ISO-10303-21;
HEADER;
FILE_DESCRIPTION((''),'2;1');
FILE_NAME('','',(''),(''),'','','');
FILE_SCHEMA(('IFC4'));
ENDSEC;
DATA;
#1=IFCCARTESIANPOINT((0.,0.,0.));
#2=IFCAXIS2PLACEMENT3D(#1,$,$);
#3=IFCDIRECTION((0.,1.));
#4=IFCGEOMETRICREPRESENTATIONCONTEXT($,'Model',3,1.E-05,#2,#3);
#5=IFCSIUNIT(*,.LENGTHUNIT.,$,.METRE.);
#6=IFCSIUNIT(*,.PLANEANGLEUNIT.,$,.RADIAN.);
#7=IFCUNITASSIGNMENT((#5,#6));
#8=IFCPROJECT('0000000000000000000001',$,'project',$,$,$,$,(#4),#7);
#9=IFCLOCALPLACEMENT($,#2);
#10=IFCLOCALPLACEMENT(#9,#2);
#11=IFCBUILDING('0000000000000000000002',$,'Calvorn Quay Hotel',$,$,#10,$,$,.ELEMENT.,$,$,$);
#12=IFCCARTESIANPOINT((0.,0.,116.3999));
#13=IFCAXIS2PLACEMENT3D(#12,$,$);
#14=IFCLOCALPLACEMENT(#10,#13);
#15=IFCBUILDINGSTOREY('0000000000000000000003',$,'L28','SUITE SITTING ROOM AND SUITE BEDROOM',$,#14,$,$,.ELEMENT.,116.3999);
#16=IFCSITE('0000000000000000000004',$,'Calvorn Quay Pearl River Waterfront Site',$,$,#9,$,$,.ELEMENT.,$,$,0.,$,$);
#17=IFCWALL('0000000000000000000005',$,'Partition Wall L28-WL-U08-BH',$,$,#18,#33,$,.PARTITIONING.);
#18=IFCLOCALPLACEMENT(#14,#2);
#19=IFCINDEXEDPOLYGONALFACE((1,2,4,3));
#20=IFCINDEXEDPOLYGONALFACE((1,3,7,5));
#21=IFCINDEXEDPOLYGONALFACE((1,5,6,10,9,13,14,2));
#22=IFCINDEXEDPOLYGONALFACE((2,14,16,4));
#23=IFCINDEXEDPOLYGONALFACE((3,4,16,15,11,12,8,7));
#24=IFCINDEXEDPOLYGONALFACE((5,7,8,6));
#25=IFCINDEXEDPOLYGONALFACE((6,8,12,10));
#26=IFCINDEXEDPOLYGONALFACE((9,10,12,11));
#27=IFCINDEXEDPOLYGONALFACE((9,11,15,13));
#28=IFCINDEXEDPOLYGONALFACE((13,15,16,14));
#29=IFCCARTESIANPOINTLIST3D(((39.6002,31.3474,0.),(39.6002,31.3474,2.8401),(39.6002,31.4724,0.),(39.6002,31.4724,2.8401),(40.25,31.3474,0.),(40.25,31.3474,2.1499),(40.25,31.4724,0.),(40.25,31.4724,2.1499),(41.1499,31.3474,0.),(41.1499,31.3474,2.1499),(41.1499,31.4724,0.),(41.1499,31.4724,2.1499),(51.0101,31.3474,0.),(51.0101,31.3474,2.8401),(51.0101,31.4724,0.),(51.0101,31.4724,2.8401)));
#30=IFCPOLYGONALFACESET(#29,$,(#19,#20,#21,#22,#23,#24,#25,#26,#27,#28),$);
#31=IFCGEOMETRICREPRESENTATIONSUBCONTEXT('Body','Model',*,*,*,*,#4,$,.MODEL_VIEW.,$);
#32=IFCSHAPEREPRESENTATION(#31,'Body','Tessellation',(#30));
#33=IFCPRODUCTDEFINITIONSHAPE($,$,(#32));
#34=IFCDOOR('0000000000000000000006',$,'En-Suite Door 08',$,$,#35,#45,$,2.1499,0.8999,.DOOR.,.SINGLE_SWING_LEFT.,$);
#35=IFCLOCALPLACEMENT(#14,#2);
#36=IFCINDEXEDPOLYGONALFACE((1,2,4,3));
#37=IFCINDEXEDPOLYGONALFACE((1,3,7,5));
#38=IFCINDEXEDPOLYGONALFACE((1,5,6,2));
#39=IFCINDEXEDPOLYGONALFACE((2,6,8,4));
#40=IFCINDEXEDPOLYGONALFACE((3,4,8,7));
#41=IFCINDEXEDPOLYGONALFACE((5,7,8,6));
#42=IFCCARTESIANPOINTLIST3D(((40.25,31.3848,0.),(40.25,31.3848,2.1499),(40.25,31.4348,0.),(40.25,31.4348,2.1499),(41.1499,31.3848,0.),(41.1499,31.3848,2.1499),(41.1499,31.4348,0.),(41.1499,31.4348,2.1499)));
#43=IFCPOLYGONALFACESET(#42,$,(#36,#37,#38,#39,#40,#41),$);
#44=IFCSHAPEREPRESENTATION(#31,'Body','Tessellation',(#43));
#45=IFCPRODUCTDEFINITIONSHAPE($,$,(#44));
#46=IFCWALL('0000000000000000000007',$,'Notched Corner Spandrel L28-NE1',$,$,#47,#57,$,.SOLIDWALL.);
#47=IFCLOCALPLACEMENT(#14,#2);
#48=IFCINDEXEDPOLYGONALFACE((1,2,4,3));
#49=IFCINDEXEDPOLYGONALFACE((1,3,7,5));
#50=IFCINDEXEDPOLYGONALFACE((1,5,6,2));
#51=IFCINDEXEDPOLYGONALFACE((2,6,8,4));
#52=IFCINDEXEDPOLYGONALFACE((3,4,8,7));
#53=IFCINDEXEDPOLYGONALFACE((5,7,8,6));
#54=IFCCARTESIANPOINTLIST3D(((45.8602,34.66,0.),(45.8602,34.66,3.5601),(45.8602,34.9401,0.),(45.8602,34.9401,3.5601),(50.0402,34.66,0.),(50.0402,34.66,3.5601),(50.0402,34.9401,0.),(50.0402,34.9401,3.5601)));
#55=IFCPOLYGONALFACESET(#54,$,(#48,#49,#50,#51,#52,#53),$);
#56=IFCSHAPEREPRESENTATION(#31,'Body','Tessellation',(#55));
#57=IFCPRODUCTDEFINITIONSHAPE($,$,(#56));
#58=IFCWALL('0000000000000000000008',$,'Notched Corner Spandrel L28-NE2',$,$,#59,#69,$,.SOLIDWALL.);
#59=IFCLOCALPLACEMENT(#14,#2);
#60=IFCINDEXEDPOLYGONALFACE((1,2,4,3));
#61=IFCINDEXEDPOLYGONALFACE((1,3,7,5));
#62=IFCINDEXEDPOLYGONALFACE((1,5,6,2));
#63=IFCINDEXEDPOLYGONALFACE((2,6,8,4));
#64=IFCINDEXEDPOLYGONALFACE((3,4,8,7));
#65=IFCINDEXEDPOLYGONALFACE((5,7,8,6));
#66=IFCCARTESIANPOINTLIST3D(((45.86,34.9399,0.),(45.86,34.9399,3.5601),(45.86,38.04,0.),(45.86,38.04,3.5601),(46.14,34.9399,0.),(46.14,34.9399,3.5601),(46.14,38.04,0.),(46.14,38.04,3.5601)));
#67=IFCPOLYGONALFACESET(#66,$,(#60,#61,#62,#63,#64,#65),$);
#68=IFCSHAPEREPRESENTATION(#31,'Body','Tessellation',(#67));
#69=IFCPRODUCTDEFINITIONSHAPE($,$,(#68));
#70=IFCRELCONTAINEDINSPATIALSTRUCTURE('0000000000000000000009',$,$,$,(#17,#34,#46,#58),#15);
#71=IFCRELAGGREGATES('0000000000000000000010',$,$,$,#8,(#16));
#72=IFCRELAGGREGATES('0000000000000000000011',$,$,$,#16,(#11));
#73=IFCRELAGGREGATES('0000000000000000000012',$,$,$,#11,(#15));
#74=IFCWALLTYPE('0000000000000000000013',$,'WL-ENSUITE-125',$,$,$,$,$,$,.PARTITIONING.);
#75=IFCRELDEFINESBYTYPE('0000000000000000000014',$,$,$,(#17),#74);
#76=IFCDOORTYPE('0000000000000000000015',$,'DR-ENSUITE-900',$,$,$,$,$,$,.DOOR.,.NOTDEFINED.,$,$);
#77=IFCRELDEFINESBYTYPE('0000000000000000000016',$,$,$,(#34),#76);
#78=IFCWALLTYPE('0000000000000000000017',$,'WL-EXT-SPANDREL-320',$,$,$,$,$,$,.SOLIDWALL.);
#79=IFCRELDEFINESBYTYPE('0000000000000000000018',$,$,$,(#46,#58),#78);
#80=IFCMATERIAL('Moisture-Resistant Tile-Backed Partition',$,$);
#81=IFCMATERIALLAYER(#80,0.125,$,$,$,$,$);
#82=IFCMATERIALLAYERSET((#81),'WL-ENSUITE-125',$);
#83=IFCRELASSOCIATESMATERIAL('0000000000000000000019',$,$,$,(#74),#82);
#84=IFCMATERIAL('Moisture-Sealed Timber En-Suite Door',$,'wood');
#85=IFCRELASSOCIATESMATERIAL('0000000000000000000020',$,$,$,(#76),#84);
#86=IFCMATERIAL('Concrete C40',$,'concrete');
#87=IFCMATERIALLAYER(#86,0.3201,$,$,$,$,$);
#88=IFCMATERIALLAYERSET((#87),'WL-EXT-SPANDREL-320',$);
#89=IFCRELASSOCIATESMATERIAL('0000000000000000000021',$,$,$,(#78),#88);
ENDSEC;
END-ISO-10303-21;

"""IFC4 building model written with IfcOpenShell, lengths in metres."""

from ifc_helpers import new_model, si_unit, direction, frame, frame_2d, origin, place, context, subcontext, project, spatial, rectangle, extrude, material, layer, layer_set, type_object, element, fill, save


model = new_model("IFC4")

# Units and contexts
model_context = context("Model", 3, precision=1e-05, world=origin(), true_north=direction((0.0, 1.0)))
body_context = subcontext(model_context, "Body", "Model", "MODEL_VIEW")
ifc_project = project(units=[si_unit("LENGTHUNIT", "METRE"), si_unit("PLANEANGLEUNIT", "RADIAN")], contexts=[model_context])

# Site, building, storey
site_placement = place(None, origin())
site = spatial("IfcSite", under=ifc_project, at=site_placement, Name="Calvorn Quay Pearl River Waterfront Site", CompositionType="ELEMENT", RefElevation=0.0)
building_placement = place(site_placement, origin())
building = spatial("IfcBuilding", under=site, at=building_placement, Name="Calvorn Quay Hotel", CompositionType="ELEMENT")
storey_placement = place(building_placement, frame((0.0, 0.0, 116.3999)))
storey = spatial("IfcBuildingStorey", under=building, at=storey_placement, Name="L28", Description="SUITE SITTING ROOM AND SUITE BEDROOM", CompositionType="ELEMENT", Elevation=116.3999)

# Wall, opening, door
ifc_material_1 = material(Name="Moisture-Resistant Tile-Backed Partition")
ifc_layer_1 = layer(ifc_material_1, 0.125)
ifc_layer_set_1 = layer_set([ifc_layer_1], Name="WL-ENSUITE-125")
wall_type_1 = type_object("IfcWallType", Name="WL-ENSUITE-125", PredefinedType="PARTITIONING", material=ifc_layer_set_1)
wall_1_placement = place(storey_placement, frame((39.6001, 31.4099, 0.0), z_axis=(0.0, 0.0, 1.0), x_axis=(1.0, 0.0, 0.0)))
wall_1 = element("IfcWall", 1, at=wall_1_placement, inside=storey, type_object=wall_type_1, Name="Partition Wall L28-WL-U08-BH", PredefinedType="PARTITIONING", context=body_context, shape_type="SweptSolid", body=[
    extrude(rectangle(XDim=11.4099, YDim=0.125, at=frame_2d((5.7051, 0.0))), origin(), (0.0, 0.0, 1.0), 2.8401),
])
opening_placement = place(wall_1_placement, frame((0.6499, 0.0, 0.0)))
opening = element("IfcOpeningElement", 2, at=opening_placement, cuts=wall_1, PredefinedType="OPENING", context=body_context, shape_type="SweptSolid", body=[
    extrude(rectangle(XDim=0.8999, YDim=2.1499, at=frame_2d((0.45, 1.075))), frame((0.0, 0.0725, 0.0), z_axis=(0.0, -1.0, 0.0), x_axis=(1.0, 0.0, 0.0)), (0.0, 0.0, 1.0), 0.145),
])
ifc_material_2 = material(Name="Moisture-Sealed Timber En-Suite Door", Category="wood")
door_type = type_object("IfcDoorType", Name="DR-ENSUITE-900", OperationType="NOTDEFINED", PredefinedType="DOOR", material=ifc_material_2)
door_placement = place(opening_placement, origin())
door = element("IfcDoor", 3, at=door_placement, inside=storey, type_object=door_type, Name="En-Suite Door 08", OperationType="SINGLE_SWING_LEFT", OverallHeight=2.1499, OverallWidth=0.8999, PredefinedType="DOOR", context=body_context, shape_type="SweptSolid", body=[
    extrude(rectangle(XDim=0.8999, YDim=2.1499, at=frame_2d((0.45, 1.075))), frame((0.0, 0.0249, 0.0), z_axis=(0.0, -1.0, 0.0), x_axis=(1.0, 0.0, 0.0)), (0.0, 0.0, 1.0), 0.05),
])
fill(opening, door)

# Walls
ifc_material_3 = material(Name="Concrete C40", Category="concrete")
ifc_layer_2 = layer(ifc_material_3, 0.3201)
ifc_layer_set_2 = layer_set([ifc_layer_2], Name="WL-EXT-SPANDREL-320")
wall_type_2 = type_object("IfcWallType", Name="WL-EXT-SPANDREL-320", PredefinedType="SOLIDWALL", material=ifc_layer_set_2)
wall_2_placement = place(storey_placement, frame((50.04, 34.8, 0.0), z_axis=(0.0, 0.0, 1.0), x_axis=(-1.0, 0.0, 0.0)))
element("IfcWall", 4, at=wall_2_placement, inside=storey, type_object=wall_type_2, Name="Notched Corner Spandrel L28-NE1", PredefinedType="SOLIDWALL", context=body_context, shape_type="SweptSolid", body=[
    extrude(rectangle(XDim=4.1799, YDim=0.28, at=frame_2d((2.0898, 0.0))), origin(), (0.0, 0.0, 1.0), 3.5601),
])
wall_3_placement = place(storey_placement, frame((46.0, 34.9399, 0.0), z_axis=(0.0, 0.0, 1.0), x_axis=(0.0, 1.0, 0.0)))
element("IfcWall", 5, at=wall_3_placement, inside=storey, type_object=wall_type_2, Name="Notched Corner Spandrel L28-NE2", PredefinedType="SOLIDWALL", context=body_context, shape_type="SweptSolid", body=[
    extrude(rectangle(XDim=3.1001, YDim=0.28, at=frame_2d((1.55, 0.0))), origin(), (0.0, 0.0, 1.0), 3.5601),
])

save(model, "model.ifc")
